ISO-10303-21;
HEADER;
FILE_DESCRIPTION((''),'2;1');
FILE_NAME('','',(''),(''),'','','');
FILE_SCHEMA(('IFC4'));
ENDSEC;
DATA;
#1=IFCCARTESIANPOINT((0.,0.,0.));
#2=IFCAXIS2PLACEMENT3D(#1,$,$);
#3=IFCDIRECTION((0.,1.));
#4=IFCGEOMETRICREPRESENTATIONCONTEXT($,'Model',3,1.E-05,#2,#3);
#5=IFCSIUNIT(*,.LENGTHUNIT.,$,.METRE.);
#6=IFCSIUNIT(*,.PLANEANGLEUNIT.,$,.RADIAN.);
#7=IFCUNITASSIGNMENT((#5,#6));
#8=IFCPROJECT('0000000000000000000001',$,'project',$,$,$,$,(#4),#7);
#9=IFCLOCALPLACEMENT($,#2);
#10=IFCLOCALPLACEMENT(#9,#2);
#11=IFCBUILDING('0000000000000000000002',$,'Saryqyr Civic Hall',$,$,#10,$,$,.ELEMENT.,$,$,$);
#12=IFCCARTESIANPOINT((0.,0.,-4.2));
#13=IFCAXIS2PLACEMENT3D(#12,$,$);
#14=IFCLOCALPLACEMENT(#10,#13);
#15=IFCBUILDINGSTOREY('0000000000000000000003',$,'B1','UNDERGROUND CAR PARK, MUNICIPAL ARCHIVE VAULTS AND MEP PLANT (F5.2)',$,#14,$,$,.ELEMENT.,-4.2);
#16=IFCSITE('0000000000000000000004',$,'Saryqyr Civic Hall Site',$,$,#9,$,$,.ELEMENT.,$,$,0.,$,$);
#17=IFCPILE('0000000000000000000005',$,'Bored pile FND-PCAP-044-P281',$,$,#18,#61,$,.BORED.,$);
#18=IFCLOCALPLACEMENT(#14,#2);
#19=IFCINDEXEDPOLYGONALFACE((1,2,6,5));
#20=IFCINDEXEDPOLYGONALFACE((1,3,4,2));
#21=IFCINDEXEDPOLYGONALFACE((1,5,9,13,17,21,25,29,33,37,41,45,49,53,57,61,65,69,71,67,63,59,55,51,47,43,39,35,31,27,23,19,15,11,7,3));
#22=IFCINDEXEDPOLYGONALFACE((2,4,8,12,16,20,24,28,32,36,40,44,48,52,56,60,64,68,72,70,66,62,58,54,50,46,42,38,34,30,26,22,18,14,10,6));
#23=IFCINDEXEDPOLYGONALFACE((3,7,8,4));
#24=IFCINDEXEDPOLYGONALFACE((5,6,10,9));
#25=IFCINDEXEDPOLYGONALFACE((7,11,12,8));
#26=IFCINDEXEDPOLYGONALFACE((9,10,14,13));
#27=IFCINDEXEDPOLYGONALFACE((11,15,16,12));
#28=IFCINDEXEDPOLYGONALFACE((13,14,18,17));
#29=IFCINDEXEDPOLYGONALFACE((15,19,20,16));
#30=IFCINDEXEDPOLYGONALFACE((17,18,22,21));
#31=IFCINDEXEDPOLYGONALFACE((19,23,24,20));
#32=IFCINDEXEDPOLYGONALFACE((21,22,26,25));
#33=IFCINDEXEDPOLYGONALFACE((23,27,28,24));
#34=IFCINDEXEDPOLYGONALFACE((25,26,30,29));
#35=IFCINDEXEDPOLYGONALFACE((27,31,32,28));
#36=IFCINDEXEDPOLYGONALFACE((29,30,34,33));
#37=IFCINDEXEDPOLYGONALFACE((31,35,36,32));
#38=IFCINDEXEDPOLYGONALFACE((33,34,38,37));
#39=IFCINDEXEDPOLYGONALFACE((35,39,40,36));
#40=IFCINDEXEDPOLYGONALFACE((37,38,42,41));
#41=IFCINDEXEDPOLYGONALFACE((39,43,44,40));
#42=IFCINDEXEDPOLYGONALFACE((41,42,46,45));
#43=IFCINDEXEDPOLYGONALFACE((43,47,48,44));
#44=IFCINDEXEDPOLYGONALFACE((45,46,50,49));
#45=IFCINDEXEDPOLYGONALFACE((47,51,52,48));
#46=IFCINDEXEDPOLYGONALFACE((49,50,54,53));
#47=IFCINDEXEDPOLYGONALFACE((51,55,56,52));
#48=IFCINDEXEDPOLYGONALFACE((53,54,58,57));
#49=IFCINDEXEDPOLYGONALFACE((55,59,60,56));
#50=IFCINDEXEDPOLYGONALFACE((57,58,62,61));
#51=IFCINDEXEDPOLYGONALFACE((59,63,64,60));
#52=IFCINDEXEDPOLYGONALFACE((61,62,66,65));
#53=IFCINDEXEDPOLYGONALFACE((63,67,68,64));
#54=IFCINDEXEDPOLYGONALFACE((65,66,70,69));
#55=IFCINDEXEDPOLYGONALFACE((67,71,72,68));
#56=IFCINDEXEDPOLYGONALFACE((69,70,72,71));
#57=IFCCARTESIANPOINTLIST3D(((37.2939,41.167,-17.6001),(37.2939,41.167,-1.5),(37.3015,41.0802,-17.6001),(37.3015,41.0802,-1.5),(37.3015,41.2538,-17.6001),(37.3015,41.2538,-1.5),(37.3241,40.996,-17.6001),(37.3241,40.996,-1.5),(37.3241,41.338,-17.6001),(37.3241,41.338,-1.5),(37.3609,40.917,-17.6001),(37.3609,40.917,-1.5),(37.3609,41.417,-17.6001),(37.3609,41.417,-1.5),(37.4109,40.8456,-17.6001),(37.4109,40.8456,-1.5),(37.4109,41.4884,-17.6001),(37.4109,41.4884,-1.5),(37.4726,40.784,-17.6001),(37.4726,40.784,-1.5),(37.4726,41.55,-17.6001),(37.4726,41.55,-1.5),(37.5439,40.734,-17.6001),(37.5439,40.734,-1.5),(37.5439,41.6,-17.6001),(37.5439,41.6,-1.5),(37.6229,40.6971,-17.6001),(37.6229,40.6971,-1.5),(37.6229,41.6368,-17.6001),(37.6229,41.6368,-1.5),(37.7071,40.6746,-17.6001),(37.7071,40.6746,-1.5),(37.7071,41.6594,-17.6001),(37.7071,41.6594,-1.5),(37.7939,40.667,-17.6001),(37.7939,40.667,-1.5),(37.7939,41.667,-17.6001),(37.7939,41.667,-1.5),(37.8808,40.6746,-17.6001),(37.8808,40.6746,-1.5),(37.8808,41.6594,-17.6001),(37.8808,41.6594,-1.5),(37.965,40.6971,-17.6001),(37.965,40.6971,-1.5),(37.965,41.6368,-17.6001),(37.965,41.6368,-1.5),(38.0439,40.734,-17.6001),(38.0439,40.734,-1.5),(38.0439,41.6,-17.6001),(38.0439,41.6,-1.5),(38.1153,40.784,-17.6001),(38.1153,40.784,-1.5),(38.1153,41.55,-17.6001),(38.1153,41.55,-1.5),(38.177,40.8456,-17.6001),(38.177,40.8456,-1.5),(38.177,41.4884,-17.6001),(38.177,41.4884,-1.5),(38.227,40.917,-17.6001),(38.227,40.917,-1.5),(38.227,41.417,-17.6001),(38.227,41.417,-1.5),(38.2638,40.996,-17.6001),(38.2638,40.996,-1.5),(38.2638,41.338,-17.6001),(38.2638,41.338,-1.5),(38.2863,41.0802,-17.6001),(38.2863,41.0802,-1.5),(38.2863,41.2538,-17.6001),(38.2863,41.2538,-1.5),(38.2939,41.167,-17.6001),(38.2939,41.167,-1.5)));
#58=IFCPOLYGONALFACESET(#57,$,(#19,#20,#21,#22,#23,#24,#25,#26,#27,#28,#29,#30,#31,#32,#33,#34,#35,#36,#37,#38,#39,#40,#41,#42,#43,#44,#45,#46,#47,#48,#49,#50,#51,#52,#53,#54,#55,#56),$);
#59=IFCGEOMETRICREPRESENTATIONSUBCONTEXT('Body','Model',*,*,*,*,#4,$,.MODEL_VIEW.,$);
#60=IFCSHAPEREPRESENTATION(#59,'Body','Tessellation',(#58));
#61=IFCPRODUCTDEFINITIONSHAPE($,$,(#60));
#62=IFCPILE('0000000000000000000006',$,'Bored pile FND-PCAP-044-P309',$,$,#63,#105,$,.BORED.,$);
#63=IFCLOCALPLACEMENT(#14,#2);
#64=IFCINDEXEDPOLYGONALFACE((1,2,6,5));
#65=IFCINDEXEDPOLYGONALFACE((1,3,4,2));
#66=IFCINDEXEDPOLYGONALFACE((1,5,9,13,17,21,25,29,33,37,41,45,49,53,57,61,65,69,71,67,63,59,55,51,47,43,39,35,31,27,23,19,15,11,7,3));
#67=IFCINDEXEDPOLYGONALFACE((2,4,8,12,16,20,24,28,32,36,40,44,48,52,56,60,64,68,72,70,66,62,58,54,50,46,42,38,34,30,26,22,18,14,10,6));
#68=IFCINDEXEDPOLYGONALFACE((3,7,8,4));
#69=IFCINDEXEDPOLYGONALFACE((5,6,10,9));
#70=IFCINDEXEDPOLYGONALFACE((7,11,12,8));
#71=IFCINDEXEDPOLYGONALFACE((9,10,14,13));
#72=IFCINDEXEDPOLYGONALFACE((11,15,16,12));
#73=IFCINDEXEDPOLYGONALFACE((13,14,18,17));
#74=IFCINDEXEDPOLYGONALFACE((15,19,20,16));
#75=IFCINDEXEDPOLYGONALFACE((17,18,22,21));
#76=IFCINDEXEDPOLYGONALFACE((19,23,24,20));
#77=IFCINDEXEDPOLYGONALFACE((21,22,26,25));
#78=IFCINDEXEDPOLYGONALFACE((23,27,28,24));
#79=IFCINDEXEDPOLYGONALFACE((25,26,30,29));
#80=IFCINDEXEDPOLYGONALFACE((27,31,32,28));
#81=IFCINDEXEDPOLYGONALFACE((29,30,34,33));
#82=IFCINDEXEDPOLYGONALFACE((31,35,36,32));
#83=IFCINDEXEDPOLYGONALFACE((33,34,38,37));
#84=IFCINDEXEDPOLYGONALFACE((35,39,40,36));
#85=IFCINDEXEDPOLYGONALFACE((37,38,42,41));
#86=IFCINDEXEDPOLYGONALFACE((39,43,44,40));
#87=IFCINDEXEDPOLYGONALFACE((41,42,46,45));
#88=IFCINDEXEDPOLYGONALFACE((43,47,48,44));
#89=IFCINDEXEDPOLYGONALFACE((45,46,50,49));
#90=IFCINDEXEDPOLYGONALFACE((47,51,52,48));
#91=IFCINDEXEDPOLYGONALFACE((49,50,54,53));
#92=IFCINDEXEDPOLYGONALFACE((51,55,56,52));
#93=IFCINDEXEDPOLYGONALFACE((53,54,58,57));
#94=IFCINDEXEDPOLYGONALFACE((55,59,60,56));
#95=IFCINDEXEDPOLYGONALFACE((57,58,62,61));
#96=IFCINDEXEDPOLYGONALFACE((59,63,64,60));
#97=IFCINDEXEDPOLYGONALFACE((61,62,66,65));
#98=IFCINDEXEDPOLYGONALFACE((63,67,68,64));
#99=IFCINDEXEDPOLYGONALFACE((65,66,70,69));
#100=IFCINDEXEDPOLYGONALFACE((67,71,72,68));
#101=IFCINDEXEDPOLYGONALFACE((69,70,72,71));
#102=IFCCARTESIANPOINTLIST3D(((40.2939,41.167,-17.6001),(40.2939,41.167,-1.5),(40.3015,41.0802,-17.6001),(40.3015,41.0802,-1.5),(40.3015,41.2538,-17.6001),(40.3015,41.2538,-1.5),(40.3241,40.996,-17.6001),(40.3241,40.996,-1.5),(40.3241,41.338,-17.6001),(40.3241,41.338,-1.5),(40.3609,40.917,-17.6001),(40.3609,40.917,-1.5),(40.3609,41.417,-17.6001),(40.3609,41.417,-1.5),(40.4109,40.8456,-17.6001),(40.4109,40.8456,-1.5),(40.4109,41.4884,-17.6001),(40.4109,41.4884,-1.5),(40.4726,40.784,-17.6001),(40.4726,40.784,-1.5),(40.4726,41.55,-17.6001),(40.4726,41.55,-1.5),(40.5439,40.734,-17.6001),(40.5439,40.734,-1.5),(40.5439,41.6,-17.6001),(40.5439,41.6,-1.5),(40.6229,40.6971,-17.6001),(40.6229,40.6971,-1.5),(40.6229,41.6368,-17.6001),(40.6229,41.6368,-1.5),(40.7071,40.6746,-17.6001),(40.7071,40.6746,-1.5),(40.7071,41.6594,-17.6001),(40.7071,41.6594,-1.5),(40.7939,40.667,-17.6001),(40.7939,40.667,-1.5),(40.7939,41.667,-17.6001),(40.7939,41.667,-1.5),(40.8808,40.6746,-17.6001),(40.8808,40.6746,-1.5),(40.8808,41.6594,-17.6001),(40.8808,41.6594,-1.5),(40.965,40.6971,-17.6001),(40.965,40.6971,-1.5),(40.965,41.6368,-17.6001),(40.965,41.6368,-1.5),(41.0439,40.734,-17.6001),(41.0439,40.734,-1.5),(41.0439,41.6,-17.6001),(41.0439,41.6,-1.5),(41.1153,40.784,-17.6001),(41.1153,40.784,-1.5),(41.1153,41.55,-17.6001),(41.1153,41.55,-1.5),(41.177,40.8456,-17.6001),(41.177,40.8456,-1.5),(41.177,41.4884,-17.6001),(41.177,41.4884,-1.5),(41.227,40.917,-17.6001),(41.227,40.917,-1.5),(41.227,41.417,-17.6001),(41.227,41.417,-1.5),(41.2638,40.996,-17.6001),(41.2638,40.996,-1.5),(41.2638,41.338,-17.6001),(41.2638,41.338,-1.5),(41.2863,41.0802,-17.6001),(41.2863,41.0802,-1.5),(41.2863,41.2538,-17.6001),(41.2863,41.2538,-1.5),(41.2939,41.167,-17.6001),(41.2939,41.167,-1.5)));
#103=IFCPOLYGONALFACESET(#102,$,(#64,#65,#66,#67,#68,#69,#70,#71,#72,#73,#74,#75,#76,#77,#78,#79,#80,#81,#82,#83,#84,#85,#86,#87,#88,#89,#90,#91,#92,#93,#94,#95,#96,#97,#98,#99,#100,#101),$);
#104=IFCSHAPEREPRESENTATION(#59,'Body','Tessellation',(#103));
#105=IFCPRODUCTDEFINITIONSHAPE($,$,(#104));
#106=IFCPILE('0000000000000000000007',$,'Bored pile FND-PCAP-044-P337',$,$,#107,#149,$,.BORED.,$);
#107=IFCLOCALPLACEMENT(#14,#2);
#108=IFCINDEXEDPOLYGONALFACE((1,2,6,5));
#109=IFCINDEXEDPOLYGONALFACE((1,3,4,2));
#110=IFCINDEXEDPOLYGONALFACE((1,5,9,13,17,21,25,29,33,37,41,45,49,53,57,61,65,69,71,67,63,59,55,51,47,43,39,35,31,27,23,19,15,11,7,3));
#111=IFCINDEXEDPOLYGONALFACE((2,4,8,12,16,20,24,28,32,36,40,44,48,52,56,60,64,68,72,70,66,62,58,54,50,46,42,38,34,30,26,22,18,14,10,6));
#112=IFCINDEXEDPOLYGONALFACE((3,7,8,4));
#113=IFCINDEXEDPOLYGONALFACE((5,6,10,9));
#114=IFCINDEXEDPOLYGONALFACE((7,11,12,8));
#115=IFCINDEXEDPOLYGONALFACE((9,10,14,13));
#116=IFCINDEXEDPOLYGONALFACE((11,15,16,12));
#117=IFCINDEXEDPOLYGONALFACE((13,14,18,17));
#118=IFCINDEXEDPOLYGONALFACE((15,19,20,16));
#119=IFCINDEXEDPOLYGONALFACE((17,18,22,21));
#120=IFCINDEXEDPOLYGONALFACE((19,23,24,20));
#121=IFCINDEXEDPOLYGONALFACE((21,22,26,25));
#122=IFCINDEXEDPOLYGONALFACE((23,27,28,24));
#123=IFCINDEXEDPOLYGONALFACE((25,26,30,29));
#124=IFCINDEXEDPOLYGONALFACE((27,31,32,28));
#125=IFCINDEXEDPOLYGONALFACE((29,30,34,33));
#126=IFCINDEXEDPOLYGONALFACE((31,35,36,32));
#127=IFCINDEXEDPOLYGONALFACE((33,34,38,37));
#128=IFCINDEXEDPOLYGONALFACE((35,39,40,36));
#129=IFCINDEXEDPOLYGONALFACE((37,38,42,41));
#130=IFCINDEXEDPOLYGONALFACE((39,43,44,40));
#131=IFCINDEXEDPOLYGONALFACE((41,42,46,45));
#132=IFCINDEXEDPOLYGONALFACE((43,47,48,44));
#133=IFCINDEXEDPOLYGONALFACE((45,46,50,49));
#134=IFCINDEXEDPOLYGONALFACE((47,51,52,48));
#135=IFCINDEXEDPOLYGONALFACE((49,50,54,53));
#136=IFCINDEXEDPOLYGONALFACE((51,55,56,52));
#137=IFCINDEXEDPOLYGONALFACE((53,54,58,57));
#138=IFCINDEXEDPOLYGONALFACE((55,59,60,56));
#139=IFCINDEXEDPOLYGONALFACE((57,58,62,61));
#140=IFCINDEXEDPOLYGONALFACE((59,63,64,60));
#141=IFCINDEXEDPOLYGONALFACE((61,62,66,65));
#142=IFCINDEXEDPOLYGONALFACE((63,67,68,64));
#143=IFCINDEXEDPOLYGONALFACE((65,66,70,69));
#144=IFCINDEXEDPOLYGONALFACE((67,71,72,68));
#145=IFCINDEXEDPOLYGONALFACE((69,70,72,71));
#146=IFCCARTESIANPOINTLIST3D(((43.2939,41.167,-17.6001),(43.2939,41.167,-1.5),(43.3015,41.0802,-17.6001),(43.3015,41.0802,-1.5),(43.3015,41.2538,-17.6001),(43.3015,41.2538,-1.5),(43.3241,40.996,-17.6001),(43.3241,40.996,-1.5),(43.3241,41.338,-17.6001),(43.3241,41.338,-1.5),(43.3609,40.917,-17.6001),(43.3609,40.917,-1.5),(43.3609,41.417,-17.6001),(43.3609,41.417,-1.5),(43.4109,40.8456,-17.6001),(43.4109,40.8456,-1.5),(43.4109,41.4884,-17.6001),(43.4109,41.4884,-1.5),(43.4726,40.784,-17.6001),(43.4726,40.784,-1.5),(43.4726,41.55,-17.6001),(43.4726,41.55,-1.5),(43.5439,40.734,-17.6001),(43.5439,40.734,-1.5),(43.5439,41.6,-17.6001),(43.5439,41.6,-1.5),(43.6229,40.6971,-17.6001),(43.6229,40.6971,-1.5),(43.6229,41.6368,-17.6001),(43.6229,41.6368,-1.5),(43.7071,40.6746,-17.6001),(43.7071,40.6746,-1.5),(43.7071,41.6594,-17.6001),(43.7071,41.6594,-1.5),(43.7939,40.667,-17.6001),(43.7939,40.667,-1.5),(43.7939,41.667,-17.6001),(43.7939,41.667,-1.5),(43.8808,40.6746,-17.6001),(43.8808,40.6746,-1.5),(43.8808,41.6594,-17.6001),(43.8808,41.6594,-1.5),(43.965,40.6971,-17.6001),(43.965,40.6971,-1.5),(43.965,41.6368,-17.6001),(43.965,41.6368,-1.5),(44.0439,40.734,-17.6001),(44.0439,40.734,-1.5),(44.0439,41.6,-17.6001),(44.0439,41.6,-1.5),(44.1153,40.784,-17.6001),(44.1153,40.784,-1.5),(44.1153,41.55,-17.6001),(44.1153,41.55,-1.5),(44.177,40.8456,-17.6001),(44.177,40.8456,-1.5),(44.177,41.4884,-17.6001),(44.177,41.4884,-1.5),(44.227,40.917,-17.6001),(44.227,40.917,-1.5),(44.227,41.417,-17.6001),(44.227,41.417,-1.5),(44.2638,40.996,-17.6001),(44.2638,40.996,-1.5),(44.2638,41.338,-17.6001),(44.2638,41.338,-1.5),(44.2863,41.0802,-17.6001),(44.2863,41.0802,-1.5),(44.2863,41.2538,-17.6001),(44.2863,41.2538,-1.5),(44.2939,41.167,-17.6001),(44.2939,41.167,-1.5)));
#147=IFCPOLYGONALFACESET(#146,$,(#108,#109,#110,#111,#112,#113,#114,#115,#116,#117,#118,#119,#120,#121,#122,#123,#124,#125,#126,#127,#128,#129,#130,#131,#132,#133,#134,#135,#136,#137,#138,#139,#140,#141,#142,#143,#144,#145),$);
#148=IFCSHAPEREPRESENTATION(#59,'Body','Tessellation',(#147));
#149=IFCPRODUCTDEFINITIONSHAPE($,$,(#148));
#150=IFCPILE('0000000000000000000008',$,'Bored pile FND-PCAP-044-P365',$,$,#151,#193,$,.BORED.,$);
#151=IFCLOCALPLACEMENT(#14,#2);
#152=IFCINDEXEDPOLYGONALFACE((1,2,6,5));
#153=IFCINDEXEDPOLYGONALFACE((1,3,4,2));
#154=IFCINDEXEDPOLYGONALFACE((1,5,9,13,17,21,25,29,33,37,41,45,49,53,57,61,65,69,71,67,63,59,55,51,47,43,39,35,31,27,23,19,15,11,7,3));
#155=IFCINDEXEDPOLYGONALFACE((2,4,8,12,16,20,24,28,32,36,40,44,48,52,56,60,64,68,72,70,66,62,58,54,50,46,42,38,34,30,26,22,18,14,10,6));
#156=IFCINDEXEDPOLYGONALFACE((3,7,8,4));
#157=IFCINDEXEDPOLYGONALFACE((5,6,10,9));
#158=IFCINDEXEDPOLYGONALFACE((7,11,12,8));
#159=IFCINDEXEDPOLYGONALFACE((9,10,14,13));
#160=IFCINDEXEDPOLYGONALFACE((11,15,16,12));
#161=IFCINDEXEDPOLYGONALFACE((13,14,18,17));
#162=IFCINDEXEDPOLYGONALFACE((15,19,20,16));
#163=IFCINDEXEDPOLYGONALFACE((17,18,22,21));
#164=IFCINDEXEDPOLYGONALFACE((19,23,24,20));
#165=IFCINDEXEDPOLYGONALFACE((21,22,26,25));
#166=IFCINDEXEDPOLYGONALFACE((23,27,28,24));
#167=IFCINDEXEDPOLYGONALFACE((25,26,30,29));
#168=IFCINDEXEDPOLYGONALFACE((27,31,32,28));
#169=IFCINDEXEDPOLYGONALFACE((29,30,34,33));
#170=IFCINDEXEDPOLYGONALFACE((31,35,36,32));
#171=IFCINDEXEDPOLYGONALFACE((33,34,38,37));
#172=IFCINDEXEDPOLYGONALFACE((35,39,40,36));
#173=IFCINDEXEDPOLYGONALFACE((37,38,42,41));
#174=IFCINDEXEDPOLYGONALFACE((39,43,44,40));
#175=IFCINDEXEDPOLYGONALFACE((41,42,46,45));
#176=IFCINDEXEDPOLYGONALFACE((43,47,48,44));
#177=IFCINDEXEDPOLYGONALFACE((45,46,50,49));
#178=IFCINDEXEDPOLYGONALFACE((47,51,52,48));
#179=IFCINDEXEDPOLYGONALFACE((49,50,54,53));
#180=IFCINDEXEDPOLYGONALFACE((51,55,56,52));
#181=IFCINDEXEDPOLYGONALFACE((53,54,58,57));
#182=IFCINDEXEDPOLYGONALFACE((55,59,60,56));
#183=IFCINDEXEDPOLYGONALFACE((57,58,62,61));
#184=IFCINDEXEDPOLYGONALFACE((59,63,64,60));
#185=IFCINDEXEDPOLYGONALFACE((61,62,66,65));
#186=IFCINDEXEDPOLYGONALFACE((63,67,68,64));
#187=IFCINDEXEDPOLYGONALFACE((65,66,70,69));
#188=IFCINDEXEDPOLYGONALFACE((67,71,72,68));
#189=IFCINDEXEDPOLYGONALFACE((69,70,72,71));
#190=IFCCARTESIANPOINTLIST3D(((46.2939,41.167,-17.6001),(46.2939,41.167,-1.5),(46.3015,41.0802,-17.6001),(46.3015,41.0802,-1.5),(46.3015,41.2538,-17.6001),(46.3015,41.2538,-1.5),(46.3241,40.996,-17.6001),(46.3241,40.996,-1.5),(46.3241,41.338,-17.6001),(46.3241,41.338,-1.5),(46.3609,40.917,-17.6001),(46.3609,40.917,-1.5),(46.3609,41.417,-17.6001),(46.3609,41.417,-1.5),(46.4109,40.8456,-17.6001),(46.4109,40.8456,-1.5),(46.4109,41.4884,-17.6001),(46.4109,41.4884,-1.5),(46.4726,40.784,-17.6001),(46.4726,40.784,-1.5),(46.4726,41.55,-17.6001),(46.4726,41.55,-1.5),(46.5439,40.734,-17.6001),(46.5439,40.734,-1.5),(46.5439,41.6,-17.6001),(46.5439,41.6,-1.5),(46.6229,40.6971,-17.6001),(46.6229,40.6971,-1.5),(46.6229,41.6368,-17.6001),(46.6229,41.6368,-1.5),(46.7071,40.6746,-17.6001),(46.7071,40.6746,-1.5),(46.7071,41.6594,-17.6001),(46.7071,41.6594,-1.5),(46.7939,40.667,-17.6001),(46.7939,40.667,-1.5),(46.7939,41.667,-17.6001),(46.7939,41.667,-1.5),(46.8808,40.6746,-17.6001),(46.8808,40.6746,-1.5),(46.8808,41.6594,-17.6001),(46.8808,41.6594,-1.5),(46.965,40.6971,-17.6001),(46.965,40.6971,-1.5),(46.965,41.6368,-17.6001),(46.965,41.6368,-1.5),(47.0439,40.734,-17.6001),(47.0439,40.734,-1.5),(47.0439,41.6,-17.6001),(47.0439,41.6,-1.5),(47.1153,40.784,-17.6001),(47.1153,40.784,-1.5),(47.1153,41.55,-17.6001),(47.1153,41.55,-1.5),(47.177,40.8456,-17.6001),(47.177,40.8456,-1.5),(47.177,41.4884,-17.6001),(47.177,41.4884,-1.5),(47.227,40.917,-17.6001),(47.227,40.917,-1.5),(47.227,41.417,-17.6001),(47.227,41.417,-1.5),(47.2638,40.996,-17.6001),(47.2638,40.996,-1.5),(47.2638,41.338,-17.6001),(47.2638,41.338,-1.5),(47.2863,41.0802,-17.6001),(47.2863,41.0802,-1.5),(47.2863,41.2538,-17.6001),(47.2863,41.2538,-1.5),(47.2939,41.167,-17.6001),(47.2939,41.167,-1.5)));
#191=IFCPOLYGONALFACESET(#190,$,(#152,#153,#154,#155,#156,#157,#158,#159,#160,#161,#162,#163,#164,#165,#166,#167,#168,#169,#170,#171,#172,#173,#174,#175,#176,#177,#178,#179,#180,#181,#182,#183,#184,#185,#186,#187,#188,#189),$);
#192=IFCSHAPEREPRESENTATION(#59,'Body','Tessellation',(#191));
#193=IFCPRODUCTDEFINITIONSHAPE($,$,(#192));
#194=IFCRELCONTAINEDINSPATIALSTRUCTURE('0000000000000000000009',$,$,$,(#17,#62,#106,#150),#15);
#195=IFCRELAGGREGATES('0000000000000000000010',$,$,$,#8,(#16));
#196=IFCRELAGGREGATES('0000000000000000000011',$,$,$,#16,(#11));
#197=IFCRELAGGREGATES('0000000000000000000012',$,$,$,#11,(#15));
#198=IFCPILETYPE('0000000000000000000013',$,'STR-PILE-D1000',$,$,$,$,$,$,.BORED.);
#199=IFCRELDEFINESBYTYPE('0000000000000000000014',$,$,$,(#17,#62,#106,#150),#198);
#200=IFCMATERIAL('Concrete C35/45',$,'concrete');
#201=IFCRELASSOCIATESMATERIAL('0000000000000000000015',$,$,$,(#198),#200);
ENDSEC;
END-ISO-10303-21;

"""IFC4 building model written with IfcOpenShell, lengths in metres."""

from ifc_helpers import new_model, si_unit, direction, frame, origin, origin_2d, place, context, subcontext, project, spatial, circle, extrude, material, material_profile, profile_set, type_object, element, save


model = new_model("IFC4")

# Units and contexts
model_context = context("Model", 3, precision=1e-05, world=origin(), true_north=direction((0.0, 1.0)))
body_context = subcontext(model_context, "Body", "Model", "MODEL_VIEW")
ifc_project = project(units=[si_unit("LENGTHUNIT", "METRE"), si_unit("PLANEANGLEUNIT", "RADIAN")], contexts=[model_context])

# Site, building, storey
site_placement = place(None, origin())
site = spatial("IfcSite", under=ifc_project, at=site_placement, Name="Saryqyr Civic Hall Site", CompositionType="ELEMENT", RefElevation=0.0)
building_placement = place(site_placement, origin())
building = spatial("IfcBuilding", under=site, at=building_placement, Name="Saryqyr Civic Hall", CompositionType="ELEMENT")
storey_placement = place(building_placement, frame((0.0, 0.0, -4.2)))
storey = spatial("IfcBuildingStorey", under=building, at=storey_placement, Name="B1", Description="UNDERGROUND CAR PARK, MUNICIPAL ARCHIVE VAULTS AND MEP PLANT (F5.2)", CompositionType="ELEMENT", Elevation=-4.2)

# Shared definitions
ifc_material_1 = material(Name="Concrete C35/45", Category="concrete")

# Piles
ifc_material_profile_1 = material_profile(ifc_material_1, circle(Radius=0.5, at=origin_2d()), Name="BORED PILE D1000")
ifc_profile_set_1 = profile_set([ifc_material_profile_1], Name="Concrete C35/45")
pile_type_1 = type_object("IfcPileType", Name="STR-PILE-D1000", PredefinedType="BORED", material=ifc_profile_set_1)
for number, where, z_axis, x_axis, name in (
    (1, (37.7939, 41.167, -1.5), (0.0, 0.0, -1.0), (1.0, 0.0, 0.0), "Bored pile FND-PCAP-044-P281"),
    (2, (40.7939, 41.167, -1.5), (0.0, 0.0, -1.0), (1.0, 0.0, 0.0), "Bored pile FND-PCAP-044-P309"),
    (3, (43.7939, 41.167, -1.5), (0.0, 0.0, -1.0), (1.0, 0.0, 0.0), "Bored pile FND-PCAP-044-P337"),
    (4, (46.7939, 41.167, -1.5), (0.0, 0.0, -1.0), (1.0, 0.0, 0.0), "Bored pile FND-PCAP-044-P365"),
):
    element("IfcPile", number, at=place(storey_placement, frame(where, z_axis=z_axis, x_axis=x_axis)), inside=storey, type_object=pile_type_1, Name=name, PredefinedType="BORED", context=body_context, shape_type="SweptSolid", body=[
        extrude(circle(Radius=0.5, at=origin_2d()), origin(), (0.0, 0.0, 1.0), 16.1001),
    ])

save(model, "model.ifc")
